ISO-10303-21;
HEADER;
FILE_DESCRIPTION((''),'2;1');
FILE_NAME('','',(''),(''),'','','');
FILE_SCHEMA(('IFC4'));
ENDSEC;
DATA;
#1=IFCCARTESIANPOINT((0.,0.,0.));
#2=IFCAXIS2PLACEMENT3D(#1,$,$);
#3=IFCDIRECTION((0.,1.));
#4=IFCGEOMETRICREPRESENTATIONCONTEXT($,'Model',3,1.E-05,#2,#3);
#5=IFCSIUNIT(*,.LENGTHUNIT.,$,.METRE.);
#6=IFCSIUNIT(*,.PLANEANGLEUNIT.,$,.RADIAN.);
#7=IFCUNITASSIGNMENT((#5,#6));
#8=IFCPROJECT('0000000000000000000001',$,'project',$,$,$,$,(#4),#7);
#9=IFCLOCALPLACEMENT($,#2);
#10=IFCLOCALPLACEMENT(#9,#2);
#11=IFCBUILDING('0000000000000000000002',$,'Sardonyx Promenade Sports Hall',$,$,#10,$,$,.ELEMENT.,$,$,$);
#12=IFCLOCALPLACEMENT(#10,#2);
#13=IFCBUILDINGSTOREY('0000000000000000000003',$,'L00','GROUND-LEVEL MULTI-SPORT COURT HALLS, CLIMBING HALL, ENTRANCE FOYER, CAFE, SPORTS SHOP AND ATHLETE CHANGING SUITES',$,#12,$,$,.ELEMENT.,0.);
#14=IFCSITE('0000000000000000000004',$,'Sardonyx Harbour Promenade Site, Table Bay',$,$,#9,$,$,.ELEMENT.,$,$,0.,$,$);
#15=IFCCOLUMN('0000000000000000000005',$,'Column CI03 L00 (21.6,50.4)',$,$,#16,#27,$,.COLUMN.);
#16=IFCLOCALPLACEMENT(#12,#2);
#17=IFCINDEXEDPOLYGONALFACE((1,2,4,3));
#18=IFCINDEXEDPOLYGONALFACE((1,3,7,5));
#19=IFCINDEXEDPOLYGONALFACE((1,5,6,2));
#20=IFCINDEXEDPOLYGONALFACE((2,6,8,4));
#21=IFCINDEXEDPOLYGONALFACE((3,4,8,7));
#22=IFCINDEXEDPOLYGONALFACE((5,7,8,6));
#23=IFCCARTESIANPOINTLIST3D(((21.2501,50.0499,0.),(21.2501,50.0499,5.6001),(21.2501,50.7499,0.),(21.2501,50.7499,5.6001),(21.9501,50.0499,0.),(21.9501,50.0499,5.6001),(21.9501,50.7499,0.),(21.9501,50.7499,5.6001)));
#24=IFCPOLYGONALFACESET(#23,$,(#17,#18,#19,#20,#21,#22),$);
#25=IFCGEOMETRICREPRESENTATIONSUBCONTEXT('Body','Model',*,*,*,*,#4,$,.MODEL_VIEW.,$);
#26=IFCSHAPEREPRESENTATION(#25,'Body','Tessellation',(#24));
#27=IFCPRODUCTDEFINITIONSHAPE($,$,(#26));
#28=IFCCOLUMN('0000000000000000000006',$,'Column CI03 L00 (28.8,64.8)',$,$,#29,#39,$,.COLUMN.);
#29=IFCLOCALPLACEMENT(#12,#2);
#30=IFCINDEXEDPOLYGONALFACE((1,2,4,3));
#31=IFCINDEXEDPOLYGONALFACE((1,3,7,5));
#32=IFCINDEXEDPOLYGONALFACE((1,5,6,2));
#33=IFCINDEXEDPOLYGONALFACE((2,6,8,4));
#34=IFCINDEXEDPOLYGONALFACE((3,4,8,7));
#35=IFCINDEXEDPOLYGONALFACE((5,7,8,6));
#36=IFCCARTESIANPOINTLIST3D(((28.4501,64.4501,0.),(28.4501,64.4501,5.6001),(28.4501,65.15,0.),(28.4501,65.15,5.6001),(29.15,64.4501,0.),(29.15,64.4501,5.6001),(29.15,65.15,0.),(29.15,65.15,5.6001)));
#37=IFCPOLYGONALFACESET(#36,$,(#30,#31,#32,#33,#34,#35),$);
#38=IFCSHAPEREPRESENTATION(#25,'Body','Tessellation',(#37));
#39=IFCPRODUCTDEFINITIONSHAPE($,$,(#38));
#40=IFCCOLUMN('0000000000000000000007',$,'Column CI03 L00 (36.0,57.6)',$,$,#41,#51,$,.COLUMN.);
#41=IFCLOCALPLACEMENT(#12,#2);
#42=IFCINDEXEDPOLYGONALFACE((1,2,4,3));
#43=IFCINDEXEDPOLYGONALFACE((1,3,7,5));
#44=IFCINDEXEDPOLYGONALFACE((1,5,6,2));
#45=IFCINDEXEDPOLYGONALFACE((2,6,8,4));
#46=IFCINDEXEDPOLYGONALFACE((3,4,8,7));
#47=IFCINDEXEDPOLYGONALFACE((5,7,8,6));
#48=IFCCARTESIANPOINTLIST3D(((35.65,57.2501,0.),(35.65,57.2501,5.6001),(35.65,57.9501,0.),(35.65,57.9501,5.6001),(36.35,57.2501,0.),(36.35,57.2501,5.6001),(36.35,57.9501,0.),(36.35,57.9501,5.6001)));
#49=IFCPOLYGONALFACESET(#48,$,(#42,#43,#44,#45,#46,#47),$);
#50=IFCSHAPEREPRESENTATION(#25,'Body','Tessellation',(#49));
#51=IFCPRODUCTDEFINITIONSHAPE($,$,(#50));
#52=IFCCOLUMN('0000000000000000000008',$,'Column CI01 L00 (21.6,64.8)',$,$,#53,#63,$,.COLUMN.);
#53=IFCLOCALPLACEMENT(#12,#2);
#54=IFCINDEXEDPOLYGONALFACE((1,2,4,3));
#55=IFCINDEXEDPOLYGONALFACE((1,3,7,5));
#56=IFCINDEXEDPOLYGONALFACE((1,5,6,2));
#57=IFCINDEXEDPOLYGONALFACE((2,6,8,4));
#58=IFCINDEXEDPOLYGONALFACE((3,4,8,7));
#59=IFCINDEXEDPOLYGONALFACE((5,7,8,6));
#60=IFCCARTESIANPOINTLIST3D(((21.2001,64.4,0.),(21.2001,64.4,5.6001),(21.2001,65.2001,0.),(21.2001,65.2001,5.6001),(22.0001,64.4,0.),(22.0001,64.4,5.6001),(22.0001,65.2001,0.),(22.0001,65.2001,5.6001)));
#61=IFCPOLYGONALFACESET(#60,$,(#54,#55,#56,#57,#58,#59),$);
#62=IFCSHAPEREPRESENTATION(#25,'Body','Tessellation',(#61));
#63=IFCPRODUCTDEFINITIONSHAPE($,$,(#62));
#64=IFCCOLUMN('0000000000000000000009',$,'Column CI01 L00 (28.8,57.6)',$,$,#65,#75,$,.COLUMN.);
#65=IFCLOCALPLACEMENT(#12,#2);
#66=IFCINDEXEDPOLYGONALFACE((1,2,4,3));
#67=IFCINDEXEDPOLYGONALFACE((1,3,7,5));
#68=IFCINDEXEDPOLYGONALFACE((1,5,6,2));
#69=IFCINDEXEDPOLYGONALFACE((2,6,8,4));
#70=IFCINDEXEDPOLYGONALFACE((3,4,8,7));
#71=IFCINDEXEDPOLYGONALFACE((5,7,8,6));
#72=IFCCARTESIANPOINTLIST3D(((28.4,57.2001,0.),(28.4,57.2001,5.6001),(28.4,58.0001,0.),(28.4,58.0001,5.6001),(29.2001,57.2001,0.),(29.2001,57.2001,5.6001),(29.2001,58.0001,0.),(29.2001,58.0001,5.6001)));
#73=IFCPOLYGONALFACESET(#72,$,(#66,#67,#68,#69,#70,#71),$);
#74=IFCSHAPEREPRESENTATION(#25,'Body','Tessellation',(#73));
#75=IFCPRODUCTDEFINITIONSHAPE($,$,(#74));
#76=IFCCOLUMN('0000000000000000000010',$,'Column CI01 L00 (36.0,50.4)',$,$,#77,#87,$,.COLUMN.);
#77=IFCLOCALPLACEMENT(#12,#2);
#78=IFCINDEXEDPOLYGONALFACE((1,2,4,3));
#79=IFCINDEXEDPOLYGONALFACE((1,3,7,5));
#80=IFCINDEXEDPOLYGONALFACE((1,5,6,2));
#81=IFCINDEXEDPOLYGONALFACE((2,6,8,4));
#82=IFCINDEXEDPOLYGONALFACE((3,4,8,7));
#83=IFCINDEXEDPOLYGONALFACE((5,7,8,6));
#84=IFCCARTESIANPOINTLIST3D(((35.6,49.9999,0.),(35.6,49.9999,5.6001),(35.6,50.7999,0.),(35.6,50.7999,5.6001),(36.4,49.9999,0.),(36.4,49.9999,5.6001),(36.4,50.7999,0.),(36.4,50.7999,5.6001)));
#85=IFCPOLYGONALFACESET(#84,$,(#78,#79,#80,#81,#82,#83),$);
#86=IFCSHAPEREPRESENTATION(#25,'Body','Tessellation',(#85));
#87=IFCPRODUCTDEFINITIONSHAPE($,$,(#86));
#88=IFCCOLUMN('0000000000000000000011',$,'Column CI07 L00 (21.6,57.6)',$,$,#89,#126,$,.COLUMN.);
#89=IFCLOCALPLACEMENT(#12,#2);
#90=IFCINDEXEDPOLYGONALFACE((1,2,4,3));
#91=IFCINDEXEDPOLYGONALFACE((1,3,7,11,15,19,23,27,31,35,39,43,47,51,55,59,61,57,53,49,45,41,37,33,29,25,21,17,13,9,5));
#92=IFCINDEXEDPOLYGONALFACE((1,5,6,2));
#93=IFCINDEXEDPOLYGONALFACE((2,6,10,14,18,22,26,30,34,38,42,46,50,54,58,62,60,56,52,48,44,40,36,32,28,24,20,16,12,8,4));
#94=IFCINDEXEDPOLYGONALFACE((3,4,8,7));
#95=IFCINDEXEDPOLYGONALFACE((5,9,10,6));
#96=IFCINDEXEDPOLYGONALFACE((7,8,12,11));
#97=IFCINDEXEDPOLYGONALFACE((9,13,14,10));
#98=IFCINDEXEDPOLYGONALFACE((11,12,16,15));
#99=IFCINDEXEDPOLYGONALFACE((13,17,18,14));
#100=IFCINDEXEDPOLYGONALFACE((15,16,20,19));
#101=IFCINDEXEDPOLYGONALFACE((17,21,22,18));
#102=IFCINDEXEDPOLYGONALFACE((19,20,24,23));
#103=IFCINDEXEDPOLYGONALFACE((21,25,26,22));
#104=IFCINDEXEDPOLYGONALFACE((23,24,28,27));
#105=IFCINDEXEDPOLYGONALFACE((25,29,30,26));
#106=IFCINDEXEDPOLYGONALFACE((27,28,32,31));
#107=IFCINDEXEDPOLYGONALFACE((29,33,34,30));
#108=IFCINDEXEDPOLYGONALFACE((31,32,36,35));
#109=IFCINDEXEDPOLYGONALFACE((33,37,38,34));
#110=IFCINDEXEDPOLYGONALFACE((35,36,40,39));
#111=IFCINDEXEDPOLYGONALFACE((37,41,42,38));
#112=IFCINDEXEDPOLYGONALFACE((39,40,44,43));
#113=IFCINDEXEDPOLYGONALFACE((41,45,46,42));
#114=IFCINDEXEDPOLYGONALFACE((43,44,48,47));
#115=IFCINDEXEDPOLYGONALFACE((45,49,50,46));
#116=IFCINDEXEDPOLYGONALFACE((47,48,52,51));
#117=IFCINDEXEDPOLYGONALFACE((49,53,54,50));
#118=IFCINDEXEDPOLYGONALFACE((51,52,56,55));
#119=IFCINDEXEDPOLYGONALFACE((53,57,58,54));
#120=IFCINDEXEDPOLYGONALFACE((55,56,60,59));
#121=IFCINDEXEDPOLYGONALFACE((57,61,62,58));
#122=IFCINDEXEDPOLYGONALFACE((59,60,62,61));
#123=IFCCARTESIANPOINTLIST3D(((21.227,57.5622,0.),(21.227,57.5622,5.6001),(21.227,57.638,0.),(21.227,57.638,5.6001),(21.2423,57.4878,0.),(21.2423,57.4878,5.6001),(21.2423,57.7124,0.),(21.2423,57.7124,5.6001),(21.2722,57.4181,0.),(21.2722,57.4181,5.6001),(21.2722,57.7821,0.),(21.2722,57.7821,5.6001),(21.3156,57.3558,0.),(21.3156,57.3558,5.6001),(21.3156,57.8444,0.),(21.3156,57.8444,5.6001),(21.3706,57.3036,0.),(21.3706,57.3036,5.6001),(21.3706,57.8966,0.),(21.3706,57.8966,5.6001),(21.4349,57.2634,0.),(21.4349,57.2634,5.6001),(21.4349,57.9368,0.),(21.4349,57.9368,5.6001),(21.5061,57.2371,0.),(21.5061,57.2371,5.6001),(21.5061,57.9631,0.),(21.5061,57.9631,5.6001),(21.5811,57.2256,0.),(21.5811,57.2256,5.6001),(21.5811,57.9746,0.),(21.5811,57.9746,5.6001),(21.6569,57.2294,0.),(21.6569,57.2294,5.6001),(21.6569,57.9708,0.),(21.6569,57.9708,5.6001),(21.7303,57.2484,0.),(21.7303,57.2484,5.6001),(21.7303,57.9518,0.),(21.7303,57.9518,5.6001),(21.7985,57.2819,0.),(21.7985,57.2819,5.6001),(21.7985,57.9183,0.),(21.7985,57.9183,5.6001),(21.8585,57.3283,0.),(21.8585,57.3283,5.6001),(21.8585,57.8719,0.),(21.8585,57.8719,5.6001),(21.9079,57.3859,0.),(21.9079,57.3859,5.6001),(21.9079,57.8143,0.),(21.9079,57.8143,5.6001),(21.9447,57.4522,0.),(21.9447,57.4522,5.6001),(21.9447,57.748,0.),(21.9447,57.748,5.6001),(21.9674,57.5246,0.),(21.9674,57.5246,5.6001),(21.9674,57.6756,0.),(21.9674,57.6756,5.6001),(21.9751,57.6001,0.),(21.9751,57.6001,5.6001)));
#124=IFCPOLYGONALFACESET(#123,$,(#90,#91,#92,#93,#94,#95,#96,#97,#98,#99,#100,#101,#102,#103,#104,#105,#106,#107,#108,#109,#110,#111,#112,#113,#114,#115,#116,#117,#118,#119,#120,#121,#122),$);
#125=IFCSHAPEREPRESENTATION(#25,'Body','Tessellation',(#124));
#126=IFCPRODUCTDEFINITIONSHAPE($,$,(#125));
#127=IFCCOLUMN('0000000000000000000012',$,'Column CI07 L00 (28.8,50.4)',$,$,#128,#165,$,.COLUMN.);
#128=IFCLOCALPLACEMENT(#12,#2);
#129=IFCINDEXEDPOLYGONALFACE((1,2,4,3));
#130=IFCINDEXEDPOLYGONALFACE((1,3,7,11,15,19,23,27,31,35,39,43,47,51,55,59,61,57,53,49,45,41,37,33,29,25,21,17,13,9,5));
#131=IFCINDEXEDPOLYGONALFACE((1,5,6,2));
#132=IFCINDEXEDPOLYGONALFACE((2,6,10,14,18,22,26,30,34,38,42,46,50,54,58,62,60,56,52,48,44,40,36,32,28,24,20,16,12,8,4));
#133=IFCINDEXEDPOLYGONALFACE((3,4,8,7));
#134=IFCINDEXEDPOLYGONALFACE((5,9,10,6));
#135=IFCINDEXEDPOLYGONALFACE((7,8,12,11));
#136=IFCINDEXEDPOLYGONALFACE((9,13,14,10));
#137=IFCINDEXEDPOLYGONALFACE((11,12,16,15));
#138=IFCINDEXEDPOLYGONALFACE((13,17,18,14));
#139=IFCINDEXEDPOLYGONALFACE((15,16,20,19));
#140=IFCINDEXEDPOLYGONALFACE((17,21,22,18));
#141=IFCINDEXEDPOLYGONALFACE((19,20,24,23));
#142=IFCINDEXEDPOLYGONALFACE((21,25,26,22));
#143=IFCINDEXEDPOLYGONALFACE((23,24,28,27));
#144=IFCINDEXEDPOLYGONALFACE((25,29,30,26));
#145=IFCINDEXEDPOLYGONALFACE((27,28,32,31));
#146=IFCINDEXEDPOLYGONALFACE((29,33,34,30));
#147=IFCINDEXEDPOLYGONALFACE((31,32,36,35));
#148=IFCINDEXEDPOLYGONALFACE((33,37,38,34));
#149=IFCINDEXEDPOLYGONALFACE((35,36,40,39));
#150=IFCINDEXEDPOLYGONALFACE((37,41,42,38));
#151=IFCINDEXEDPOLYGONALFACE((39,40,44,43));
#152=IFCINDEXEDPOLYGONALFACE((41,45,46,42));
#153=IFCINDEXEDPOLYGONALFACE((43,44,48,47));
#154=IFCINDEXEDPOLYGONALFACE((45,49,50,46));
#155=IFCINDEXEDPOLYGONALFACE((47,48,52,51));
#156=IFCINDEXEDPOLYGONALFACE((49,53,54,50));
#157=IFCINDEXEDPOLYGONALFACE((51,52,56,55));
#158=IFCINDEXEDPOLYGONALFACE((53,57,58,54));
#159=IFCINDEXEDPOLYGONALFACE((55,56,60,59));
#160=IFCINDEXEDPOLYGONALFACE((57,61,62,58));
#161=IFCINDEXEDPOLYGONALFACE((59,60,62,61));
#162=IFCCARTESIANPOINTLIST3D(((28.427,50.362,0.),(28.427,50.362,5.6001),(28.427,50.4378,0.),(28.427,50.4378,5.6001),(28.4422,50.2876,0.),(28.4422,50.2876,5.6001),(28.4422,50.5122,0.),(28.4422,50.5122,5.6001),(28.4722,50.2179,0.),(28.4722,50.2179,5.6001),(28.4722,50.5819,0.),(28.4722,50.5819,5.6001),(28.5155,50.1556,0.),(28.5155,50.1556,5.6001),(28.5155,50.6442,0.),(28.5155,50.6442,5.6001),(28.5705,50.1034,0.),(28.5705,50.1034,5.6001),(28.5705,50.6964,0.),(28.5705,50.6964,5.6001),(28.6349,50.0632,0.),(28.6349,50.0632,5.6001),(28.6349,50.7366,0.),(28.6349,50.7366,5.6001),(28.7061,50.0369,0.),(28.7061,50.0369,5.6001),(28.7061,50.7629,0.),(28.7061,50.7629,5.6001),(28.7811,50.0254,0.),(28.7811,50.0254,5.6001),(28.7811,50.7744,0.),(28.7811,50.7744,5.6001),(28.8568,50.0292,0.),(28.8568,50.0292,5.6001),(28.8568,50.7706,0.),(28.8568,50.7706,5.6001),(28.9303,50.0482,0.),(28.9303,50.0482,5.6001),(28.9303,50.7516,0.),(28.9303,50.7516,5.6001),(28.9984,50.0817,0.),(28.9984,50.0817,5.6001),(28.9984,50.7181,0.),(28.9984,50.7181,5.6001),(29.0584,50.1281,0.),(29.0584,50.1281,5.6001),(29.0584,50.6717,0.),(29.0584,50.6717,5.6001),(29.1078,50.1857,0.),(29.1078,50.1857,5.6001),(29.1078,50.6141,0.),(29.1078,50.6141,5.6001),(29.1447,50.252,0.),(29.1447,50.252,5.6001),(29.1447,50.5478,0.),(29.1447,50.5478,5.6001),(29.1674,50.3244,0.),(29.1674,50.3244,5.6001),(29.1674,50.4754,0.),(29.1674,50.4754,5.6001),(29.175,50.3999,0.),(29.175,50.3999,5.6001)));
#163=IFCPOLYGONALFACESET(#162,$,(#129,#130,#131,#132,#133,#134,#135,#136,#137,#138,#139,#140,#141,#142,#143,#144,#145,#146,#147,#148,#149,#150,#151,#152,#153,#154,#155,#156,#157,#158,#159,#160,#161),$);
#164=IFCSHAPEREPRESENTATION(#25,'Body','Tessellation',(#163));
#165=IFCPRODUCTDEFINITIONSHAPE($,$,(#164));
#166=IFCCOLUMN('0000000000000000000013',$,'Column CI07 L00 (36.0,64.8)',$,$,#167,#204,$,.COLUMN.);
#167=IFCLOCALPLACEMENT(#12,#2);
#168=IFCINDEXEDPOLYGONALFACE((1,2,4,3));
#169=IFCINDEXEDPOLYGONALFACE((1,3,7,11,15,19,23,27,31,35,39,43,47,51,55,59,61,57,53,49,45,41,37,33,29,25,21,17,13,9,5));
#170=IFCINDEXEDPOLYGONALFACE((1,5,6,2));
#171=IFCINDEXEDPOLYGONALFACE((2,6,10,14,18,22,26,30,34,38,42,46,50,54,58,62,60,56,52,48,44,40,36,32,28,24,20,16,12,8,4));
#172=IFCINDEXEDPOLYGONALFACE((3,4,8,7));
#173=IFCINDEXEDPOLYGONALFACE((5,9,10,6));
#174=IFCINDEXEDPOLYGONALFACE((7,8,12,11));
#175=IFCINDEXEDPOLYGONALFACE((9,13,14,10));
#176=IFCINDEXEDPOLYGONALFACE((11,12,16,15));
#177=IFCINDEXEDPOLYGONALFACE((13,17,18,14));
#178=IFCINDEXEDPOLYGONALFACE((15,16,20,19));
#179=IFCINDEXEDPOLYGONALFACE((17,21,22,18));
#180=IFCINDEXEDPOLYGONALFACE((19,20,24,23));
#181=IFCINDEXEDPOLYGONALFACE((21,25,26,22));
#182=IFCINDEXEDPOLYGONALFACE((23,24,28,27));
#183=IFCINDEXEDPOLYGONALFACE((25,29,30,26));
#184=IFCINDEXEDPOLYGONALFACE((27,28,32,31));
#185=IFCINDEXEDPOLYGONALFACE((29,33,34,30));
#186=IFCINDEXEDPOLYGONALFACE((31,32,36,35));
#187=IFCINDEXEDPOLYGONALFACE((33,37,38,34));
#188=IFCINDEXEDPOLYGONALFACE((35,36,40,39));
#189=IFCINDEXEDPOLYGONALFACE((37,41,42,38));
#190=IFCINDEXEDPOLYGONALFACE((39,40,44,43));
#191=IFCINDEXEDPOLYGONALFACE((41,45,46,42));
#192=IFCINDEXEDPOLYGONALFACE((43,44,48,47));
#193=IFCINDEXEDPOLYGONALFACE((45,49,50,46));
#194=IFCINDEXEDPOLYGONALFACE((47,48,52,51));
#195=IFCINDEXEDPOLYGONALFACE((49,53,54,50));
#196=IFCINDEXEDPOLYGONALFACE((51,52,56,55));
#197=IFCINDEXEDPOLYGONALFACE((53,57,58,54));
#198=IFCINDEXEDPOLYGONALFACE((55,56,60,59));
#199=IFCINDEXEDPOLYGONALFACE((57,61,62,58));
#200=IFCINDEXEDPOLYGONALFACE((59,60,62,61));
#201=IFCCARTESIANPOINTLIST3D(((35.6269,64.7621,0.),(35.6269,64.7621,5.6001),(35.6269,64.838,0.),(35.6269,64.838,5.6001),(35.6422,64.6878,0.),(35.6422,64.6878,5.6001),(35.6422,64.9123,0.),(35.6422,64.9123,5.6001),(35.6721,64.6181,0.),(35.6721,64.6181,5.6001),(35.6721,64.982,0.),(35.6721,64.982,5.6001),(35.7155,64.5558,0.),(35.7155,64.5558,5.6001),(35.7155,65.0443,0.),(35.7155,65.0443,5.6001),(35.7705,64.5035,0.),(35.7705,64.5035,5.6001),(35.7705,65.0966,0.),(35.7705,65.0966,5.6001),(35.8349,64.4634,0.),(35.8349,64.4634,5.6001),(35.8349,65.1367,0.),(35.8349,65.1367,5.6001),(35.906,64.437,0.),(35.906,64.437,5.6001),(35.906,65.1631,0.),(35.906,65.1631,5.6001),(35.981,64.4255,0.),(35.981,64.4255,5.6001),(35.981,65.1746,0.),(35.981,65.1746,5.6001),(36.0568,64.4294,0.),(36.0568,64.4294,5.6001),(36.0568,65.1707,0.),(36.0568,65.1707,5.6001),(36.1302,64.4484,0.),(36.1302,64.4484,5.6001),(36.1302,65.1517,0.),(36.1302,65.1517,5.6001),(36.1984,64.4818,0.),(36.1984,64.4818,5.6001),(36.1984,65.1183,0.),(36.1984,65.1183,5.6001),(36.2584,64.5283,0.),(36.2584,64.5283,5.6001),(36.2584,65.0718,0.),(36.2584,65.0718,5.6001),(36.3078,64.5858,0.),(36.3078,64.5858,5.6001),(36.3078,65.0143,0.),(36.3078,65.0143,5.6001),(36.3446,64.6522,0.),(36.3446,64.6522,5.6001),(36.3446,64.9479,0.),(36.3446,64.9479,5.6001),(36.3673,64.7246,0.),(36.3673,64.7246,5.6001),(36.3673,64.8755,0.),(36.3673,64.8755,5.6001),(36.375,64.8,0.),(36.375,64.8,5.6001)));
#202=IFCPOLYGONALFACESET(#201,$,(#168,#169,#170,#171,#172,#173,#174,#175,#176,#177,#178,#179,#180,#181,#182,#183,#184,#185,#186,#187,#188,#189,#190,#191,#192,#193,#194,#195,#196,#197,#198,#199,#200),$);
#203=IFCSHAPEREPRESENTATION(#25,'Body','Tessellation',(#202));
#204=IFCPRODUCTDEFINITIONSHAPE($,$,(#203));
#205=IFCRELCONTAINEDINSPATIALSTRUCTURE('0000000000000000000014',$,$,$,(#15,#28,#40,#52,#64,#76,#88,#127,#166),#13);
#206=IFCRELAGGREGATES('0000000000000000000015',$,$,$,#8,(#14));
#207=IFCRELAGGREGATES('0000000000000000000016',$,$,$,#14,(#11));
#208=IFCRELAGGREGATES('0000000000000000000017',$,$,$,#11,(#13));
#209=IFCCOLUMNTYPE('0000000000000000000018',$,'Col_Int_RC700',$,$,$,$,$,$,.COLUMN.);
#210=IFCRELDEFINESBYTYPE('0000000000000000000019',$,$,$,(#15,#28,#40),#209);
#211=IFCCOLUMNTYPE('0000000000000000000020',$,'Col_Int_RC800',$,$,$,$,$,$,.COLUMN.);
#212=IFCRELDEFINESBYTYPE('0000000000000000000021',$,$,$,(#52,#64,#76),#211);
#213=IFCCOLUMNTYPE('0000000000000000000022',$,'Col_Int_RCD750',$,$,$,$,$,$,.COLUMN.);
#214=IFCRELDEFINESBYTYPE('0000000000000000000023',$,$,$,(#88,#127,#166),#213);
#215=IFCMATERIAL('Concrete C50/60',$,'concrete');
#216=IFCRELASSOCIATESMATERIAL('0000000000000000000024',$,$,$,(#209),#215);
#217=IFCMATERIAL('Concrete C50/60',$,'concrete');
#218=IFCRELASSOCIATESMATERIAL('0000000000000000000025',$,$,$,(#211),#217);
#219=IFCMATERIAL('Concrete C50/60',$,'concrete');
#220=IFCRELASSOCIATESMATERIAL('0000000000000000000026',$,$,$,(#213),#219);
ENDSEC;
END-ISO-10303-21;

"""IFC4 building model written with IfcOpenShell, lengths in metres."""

from ifc_helpers import new_model, si_unit, direction, frame, origin, origin_2d, place, context, subcontext, project, spatial, rectangle, circle, extrude, material, material_profile, profile_set, type_object, element, save


model = new_model("IFC4")

# Units and contexts
model_context = context("Model", 3, precision=1e-05, world=origin(), true_north=direction((0.0, 1.0)))
body_context = subcontext(model_context, "Body", "Model", "MODEL_VIEW")
ifc_project = project(units=[si_unit("LENGTHUNIT", "METRE"), si_unit("PLANEANGLEUNIT", "RADIAN")], contexts=[model_context])

# Site, building, storey
site_placement = place(None, origin())
site = spatial("IfcSite", under=ifc_project, at=site_placement, Name="Sardonyx Harbour Promenade Site, Table Bay", CompositionType="ELEMENT", RefElevation=0.0)
building_placement = place(site_placement, origin())
building = spatial("IfcBuilding", under=site, at=building_placement, Name="Sardonyx Promenade Sports Hall", CompositionType="ELEMENT")
storey_placement = place(building_placement, origin())
storey = spatial("IfcBuildingStorey", under=building, at=storey_placement, Name="L00", Description="GROUND-LEVEL MULTI-SPORT COURT HALLS, CLIMBING HALL, ENTRANCE FOYER, CAFE, SPORTS SHOP AND ATHLETE CHANGING SUITES", CompositionType="ELEMENT", Elevation=0.0)

# Columns
ifc_material_1 = material(Name="Concrete C50/60", Category="concrete")
ifc_material_profile_1 = material_profile(ifc_material_1, rectangle(XDim=0.7, YDim=0.7, at=origin_2d()))
ifc_profile_set_1 = profile_set([ifc_material_profile_1], Name="Concrete C50/60")
column_type_1 = type_object("IfcColumnType", Name="Col_Int_RC700", PredefinedType="COLUMN", material=ifc_profile_set_1)
for number, where, z_axis, x_axis, name in (
    (1, (21.6001, 50.3999, 0.0), (0.0, 0.0, 1.0), (1.0, 0.0, 0.0), "Column CI03 L00 (21.6,50.4)"),
    (2, (28.8, 64.8, 0.0), (0.0, 0.0, 1.0), (1.0, 0.0, 0.0), "Column CI03 L00 (28.8,64.8)"),
    (3, (36.0, 57.6001, 0.0), (0.0, 0.0, 1.0), (1.0, 0.0, 0.0), "Column CI03 L00 (36.0,57.6)"),
):
    element("IfcColumn", number, at=place(storey_placement, frame(where, z_axis=z_axis, x_axis=x_axis)), inside=storey, type_object=column_type_1, Name=name, PredefinedType="COLUMN", context=body_context, shape_type="SweptSolid", body=[
        extrude(rectangle(XDim=0.7, YDim=0.7, at=origin_2d()), origin(), (0.0, 0.0, 1.0), 5.6001),
    ])
ifc_material_2 = material(Name="Concrete C50/60", Category="concrete")
ifc_material_profile_2 = material_profile(ifc_material_2, rectangle(XDim=0.8, YDim=0.8, at=origin_2d()))
ifc_profile_set_2 = profile_set([ifc_material_profile_2], Name="Concrete C50/60")
column_type_2 = type_object("IfcColumnType", Name="Col_Int_RC800", PredefinedType="COLUMN", material=ifc_profile_set_2)
for number, where, z_axis, x_axis, name in (
    (4, (21.6001, 64.8, 0.0), (0.0, 0.0, 1.0), (1.0, 0.0, 0.0), "Column CI01 L00 (21.6,64.8)"),
    (5, (28.8, 57.6001, 0.0), (0.0, 0.0, 1.0), (1.0, 0.0, 0.0), "Column CI01 L00 (28.8,57.6)"),
    (6, (36.0, 50.3999, 0.0), (0.0, 0.0, 1.0), (1.0, 0.0, 0.0), "Column CI01 L00 (36.0,50.4)"),
):
    element("IfcColumn", number, at=place(storey_placement, frame(where, z_axis=z_axis, x_axis=x_axis)), inside=storey, type_object=column_type_2, Name=name, PredefinedType="COLUMN", context=body_context, shape_type="SweptSolid", body=[
        extrude(rectangle(XDim=0.8, YDim=0.8, at=origin_2d()), origin(), (0.0, 0.0, 1.0), 5.6001),
    ])
ifc_material_3 = material(Name="Concrete C50/60", Category="concrete")
ifc_material_profile_3 = material_profile(ifc_material_3, circle(Radius=0.375, at=origin_2d()))
ifc_profile_set_3 = profile_set([ifc_material_profile_3], Name="Concrete C50/60")
column_type_3 = type_object("IfcColumnType", Name="Col_Int_RCD750", PredefinedType="COLUMN", material=ifc_profile_set_3)
for number, where, z_axis, x_axis, name in (
    (7, (21.6001, 57.6001, 0.0), (0.0, 0.0, 1.0), (1.0, 0.0, 0.0), "Column CI07 L00 (21.6,57.6)"),
    (8, (28.8, 50.3999, 0.0), (0.0, 0.0, 1.0), (1.0, 0.0, 0.0), "Column CI07 L00 (28.8,50.4)"),
    (9, (36.0, 64.8, 0.0), (0.0, 0.0, 1.0), (1.0, 0.0, 0.0), "Column CI07 L00 (36.0,64.8)"),
):
    element("IfcColumn", number, at=place(storey_placement, frame(where, z_axis=z_axis, x_axis=x_axis)), inside=storey, type_object=column_type_3, Name=name, PredefinedType="COLUMN", context=body_context, shape_type="SweptSolid", body=[
        extrude(circle(Radius=0.375, at=origin_2d()), origin(), (0.0, 0.0, 1.0), 5.6001),
    ])

save(model, "model.ifc")
